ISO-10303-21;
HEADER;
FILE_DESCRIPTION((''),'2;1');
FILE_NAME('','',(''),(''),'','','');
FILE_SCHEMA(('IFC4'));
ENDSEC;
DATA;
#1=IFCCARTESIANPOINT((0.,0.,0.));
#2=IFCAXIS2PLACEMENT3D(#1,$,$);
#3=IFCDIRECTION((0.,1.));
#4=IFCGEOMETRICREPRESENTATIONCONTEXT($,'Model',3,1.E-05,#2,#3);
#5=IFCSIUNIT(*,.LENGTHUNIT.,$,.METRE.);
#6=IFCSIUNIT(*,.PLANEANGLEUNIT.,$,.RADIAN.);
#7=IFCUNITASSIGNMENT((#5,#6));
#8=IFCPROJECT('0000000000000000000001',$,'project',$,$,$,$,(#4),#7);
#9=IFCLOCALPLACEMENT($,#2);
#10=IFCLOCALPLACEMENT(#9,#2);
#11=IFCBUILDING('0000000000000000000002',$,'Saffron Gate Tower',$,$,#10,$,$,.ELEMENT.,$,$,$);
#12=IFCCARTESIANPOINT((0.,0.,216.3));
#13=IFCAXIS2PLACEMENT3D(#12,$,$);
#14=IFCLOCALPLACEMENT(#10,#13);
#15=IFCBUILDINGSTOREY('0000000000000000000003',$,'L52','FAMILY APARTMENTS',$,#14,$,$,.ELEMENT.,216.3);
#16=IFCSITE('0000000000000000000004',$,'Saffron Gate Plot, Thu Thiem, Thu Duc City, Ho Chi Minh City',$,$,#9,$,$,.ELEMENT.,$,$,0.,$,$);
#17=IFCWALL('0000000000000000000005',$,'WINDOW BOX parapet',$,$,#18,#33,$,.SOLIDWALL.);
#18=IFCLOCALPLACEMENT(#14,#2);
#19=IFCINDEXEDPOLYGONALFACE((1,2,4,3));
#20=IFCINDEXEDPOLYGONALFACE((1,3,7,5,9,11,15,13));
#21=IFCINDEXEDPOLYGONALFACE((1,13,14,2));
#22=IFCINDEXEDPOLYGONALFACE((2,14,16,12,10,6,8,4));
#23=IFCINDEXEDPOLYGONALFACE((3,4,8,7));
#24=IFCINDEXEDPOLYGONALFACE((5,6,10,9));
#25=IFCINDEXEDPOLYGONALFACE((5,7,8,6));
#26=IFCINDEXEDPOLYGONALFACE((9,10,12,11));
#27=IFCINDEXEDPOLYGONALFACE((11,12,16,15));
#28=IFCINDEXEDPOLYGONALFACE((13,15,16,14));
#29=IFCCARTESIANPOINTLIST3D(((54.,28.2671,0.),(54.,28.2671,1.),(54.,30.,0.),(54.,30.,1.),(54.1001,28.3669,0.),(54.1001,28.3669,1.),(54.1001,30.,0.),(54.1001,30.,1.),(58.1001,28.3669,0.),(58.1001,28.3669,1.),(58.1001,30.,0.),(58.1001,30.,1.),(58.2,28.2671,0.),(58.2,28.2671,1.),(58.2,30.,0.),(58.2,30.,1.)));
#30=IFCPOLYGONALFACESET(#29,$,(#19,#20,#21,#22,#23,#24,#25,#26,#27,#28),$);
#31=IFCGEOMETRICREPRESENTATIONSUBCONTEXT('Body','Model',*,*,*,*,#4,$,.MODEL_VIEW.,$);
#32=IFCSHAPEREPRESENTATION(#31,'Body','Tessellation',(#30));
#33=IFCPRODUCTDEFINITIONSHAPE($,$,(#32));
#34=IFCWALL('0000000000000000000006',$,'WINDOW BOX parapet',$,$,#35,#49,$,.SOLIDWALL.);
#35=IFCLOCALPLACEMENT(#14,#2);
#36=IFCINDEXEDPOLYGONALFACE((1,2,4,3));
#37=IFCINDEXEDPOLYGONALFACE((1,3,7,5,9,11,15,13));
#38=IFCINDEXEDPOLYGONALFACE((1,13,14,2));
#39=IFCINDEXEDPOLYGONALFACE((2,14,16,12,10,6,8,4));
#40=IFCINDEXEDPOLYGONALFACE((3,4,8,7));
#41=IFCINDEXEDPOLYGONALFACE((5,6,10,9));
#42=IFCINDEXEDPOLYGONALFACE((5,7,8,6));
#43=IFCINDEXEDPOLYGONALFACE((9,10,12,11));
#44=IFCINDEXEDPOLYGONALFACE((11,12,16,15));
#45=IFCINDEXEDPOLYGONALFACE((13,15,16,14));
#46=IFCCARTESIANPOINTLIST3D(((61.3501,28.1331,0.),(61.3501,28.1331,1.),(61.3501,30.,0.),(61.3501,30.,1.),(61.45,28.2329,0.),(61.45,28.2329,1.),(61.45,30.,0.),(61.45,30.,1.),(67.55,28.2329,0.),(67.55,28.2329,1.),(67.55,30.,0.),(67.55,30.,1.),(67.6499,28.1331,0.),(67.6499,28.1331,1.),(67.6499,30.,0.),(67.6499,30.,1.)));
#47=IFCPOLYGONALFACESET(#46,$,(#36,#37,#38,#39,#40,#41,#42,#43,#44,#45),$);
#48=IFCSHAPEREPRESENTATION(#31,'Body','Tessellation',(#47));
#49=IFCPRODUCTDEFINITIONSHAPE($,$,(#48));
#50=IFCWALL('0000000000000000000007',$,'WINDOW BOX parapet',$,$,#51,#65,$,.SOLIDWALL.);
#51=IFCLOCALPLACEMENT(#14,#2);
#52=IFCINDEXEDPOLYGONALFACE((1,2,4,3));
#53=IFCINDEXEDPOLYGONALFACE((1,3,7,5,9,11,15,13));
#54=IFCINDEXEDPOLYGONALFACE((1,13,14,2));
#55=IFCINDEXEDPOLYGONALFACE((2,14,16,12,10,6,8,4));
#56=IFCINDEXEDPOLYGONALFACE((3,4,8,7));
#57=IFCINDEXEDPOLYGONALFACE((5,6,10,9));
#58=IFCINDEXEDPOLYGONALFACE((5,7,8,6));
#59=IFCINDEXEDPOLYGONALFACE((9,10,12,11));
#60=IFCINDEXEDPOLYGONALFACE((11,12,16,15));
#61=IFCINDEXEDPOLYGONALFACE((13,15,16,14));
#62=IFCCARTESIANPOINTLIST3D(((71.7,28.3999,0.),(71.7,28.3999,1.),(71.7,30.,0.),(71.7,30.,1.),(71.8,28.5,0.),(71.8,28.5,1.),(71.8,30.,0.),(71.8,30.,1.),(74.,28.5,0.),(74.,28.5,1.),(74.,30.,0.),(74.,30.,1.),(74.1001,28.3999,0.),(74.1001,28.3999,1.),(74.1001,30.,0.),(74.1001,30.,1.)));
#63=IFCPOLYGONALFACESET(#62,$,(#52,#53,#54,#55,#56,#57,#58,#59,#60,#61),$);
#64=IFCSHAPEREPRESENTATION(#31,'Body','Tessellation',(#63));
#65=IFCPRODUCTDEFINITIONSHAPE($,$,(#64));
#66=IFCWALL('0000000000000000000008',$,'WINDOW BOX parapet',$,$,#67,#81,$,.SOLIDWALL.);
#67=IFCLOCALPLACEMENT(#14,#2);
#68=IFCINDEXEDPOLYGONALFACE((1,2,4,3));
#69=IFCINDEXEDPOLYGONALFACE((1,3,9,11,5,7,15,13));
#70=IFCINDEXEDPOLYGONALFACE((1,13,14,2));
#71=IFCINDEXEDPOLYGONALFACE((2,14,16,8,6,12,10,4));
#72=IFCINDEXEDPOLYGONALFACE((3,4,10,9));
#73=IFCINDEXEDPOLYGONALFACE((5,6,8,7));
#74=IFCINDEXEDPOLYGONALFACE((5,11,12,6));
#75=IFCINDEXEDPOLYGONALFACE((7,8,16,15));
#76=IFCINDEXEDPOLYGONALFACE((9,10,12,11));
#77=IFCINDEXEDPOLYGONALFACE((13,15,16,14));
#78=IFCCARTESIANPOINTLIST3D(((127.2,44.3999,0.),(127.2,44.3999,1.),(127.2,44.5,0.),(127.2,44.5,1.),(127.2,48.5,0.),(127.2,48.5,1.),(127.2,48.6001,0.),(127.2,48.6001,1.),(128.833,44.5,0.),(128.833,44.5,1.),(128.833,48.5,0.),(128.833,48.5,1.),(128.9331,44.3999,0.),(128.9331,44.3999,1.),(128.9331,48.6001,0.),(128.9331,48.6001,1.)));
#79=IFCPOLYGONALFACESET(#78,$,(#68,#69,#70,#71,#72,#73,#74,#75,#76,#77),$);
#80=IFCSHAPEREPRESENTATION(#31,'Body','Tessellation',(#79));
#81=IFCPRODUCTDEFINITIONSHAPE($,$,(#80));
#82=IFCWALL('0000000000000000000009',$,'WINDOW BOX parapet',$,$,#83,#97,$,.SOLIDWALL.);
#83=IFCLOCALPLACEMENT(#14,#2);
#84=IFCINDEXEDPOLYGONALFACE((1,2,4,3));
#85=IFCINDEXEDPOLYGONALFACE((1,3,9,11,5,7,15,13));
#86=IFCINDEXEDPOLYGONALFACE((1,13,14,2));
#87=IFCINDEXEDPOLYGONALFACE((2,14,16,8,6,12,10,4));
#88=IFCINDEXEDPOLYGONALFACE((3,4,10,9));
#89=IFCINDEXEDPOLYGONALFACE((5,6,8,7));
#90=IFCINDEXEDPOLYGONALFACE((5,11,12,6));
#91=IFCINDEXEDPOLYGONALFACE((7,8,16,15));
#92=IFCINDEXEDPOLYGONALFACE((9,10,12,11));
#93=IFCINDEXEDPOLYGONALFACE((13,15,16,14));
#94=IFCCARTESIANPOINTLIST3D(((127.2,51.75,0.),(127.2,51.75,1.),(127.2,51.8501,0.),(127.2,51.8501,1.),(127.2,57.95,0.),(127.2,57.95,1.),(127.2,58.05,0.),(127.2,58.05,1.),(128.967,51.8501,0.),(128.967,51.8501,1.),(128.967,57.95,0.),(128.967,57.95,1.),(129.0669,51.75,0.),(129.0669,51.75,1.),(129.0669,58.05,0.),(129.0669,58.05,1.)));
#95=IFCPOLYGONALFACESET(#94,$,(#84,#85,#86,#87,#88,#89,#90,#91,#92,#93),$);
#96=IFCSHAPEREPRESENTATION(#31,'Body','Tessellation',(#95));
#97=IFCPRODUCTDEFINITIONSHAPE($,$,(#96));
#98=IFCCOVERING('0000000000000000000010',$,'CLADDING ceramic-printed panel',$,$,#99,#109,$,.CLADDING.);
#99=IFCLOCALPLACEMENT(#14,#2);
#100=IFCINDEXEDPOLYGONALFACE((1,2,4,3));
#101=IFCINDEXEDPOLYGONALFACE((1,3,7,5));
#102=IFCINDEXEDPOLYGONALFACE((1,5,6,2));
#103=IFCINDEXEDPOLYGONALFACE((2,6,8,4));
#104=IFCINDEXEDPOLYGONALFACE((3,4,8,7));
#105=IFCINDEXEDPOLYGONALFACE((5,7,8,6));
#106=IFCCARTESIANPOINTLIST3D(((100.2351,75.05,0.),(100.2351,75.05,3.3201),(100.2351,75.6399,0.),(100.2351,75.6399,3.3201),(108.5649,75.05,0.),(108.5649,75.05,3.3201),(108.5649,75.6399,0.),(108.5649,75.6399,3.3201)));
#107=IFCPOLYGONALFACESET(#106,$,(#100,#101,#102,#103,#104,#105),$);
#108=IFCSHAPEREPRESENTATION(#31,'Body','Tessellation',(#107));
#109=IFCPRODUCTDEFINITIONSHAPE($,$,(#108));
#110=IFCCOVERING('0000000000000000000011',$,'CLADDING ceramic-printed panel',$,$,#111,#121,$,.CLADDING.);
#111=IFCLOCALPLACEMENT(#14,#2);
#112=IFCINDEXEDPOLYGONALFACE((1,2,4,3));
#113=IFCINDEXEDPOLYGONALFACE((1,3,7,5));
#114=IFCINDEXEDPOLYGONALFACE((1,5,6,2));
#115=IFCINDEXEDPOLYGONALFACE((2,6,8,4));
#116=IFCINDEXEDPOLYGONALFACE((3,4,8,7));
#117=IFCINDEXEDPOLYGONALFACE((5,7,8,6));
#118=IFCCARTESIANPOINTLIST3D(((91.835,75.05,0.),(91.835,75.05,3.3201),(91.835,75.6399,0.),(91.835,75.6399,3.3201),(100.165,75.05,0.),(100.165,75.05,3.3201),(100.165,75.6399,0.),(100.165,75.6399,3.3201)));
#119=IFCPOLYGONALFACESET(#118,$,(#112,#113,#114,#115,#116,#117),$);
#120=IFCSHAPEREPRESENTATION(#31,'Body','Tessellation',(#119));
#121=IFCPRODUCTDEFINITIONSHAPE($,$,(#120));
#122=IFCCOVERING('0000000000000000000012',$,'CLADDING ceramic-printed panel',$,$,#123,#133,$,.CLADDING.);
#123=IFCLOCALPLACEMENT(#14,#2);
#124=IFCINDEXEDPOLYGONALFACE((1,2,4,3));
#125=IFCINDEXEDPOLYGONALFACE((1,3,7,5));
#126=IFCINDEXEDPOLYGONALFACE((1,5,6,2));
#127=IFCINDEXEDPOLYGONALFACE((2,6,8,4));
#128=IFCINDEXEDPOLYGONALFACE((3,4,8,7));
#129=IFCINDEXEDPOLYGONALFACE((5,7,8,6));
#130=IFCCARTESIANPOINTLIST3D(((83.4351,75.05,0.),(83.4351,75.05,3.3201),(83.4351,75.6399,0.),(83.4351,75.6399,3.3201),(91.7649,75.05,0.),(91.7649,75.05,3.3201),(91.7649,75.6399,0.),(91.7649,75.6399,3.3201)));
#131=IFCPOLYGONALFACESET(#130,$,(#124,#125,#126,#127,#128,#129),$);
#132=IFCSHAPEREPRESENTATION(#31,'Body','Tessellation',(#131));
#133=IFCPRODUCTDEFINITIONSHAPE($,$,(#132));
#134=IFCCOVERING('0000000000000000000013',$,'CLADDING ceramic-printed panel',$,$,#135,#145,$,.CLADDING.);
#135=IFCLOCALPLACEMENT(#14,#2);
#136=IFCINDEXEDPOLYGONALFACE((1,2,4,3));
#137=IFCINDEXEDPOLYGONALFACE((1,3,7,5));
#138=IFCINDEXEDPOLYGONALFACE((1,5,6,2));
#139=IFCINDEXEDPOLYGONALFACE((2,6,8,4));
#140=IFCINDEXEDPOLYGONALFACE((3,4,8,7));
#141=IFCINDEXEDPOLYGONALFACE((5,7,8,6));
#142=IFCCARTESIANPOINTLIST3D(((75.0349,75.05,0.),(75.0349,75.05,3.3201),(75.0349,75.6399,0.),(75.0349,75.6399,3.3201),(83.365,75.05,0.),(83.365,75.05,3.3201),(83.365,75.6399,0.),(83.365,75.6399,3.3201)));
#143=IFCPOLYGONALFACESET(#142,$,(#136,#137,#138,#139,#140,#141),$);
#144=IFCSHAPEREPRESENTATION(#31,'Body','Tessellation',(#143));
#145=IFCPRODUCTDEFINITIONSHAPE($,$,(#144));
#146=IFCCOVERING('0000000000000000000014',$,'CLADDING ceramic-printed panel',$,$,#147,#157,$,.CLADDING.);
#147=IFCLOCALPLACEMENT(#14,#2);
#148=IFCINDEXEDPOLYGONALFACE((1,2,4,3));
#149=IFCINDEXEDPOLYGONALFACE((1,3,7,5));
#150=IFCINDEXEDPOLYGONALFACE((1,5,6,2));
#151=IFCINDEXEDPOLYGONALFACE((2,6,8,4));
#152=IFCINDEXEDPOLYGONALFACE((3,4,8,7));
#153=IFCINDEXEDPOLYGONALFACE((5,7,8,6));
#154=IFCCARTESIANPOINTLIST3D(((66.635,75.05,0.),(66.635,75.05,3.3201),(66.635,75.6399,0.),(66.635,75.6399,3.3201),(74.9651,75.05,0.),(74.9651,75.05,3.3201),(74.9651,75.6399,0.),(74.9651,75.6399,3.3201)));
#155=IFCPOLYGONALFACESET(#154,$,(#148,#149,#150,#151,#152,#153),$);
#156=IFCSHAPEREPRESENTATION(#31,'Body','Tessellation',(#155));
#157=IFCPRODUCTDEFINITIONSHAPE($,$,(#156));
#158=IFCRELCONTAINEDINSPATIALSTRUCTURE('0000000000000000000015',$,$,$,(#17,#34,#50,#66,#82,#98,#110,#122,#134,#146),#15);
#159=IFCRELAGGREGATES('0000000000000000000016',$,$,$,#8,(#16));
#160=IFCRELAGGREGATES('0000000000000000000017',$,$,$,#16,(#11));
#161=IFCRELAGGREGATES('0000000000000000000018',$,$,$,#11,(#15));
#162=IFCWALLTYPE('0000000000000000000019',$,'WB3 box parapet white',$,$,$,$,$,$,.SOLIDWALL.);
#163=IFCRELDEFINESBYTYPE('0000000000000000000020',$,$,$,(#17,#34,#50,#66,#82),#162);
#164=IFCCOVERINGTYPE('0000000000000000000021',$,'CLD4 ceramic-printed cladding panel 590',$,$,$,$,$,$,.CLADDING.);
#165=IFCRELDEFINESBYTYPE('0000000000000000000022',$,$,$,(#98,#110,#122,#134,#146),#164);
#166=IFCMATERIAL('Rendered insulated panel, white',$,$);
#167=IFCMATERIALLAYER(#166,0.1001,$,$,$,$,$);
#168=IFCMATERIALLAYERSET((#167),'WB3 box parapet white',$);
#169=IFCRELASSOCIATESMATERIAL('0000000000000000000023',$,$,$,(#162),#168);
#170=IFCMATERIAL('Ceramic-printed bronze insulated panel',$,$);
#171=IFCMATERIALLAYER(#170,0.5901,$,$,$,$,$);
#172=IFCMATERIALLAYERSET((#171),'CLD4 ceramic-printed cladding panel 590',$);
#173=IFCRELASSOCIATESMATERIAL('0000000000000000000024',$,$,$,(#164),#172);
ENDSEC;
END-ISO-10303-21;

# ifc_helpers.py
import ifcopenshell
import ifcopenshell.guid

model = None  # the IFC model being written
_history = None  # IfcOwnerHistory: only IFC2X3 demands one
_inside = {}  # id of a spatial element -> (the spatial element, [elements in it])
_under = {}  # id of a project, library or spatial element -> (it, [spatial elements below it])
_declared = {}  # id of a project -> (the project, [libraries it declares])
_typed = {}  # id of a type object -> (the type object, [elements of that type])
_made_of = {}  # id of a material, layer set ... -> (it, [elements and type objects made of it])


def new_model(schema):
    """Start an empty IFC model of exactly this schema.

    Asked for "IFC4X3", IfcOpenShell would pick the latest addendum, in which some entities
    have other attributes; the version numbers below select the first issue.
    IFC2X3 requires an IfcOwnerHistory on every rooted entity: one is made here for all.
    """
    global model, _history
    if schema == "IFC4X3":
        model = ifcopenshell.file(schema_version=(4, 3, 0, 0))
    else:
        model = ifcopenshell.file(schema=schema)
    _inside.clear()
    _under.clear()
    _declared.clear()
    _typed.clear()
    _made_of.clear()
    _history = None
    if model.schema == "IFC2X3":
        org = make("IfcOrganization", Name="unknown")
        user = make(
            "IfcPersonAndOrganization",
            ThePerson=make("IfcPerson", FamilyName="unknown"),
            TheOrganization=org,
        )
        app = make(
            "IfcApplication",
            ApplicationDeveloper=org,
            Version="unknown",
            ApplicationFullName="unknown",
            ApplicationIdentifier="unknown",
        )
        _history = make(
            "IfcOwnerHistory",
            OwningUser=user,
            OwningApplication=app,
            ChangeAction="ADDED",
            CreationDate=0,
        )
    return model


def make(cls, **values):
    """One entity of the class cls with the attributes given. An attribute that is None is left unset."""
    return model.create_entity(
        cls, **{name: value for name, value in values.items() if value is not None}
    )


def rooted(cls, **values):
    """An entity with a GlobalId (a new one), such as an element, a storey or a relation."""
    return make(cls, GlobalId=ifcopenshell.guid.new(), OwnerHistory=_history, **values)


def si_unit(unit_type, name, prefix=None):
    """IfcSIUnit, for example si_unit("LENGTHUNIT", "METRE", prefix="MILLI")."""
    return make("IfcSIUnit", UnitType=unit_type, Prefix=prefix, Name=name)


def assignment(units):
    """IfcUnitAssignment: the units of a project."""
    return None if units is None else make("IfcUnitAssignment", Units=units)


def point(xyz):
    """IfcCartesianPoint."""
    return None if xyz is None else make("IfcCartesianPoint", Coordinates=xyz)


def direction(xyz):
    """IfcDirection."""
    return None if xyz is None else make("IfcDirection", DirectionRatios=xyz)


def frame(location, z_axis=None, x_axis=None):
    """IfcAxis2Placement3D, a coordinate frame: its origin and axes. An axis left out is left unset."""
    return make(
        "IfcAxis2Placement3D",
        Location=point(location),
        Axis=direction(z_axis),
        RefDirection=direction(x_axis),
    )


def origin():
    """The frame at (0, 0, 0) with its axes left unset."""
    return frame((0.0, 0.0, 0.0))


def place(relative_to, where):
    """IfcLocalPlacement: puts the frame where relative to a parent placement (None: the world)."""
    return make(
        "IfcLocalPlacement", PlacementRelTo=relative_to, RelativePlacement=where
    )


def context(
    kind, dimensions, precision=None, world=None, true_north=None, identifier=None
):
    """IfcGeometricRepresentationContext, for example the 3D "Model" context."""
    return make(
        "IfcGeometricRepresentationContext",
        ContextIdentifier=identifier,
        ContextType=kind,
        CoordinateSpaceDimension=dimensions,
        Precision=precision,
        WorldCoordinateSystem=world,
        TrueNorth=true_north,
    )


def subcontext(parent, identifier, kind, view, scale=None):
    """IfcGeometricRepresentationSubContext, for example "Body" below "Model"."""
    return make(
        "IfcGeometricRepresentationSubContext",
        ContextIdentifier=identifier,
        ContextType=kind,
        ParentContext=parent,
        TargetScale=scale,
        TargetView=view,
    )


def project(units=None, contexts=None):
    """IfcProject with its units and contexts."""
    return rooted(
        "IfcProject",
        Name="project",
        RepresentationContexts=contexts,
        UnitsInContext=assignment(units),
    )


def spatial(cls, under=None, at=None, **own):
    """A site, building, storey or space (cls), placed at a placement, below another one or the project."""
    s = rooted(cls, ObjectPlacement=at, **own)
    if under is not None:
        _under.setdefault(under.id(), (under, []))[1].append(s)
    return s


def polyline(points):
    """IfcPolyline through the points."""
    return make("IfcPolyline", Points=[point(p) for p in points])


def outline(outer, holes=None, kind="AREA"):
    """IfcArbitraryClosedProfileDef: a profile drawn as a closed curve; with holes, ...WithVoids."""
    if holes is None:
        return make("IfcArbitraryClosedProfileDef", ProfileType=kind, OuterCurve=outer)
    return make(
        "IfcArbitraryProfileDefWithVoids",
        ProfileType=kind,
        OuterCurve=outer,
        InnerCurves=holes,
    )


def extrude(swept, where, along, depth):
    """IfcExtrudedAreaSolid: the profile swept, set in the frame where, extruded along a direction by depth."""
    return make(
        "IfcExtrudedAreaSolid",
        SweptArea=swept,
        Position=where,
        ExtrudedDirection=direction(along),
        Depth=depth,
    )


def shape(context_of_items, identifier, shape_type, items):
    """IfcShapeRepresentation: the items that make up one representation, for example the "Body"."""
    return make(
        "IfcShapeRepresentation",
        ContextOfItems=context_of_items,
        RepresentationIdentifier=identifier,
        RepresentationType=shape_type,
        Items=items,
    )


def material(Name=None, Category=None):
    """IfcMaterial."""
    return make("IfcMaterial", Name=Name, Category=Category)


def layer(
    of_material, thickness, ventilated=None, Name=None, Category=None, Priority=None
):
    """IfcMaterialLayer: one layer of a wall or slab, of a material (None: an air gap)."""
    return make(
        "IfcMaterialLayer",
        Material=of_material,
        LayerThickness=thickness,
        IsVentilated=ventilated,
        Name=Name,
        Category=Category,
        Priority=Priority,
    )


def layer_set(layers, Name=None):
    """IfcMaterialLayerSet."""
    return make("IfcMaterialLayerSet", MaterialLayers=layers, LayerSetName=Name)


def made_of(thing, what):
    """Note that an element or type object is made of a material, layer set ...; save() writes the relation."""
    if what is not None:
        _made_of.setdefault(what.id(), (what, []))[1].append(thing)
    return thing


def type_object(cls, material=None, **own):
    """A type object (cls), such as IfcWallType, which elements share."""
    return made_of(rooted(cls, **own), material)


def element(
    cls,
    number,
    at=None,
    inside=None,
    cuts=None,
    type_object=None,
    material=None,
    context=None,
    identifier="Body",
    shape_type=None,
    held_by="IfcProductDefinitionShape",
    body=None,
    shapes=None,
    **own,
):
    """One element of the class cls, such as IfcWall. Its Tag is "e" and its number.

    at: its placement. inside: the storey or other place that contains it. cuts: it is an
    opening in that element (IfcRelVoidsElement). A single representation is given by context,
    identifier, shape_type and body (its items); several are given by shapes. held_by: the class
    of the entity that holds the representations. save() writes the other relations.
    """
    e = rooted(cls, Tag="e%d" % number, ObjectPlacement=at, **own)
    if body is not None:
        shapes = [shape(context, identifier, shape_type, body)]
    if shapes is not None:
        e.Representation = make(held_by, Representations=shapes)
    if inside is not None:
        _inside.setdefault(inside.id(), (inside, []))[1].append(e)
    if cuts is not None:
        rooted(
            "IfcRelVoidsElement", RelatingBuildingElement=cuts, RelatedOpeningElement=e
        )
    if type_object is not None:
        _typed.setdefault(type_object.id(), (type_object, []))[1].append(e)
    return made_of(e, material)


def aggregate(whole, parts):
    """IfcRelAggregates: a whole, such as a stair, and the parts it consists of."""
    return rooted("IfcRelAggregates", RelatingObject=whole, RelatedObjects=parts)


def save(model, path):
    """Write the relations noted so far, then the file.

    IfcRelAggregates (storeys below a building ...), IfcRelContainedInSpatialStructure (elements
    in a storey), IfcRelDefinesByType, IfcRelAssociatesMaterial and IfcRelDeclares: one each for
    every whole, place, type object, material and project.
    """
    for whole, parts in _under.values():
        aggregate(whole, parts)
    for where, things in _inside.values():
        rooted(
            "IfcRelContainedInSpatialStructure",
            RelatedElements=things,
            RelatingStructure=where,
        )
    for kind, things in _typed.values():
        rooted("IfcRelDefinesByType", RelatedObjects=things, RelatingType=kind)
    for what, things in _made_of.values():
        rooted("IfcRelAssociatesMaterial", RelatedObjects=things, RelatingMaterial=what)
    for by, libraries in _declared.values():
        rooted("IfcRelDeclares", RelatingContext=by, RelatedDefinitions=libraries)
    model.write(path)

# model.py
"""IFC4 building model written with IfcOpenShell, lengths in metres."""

from ifc_helpers import new_model, si_unit, direction, frame, origin, place, context, subcontext, project, spatial, polyline, outline, extrude, material, layer, layer_set, type_object, element, save


model = new_model("IFC4")

# Units and contexts
model_context = context("Model", 3, precision=1e-05, world=origin(), true_north=direction((0.0, 1.0)))
body_context = subcontext(model_context, "Body", "Model", "MODEL_VIEW")
ifc_project = project(units=[si_unit("LENGTHUNIT", "METRE"), si_unit("PLANEANGLEUNIT", "RADIAN")], contexts=[model_context])

# Site, building, storey
site_placement = place(None, origin())
site = spatial("IfcSite", under=ifc_project, at=site_placement, Name="Saffron Gate Plot, Thu Thiem, Thu Duc City, Ho Chi Minh City", CompositionType="ELEMENT", RefElevation=0.0)
building_placement = place(site_placement, origin())
building = spatial("IfcBuilding", under=site, at=building_placement, Name="Saffron Gate Tower", CompositionType="ELEMENT")
storey_placement = place(building_placement, frame((0.0, 0.0, 216.3)))
storey = spatial("IfcBuildingStorey", under=building, at=storey_placement, Name="L52", Description="FAMILY APARTMENTS", CompositionType="ELEMENT", Elevation=216.3)

# Walls
ifc_material_1 = material(Name="Rendered insulated panel, white")
ifc_layer_1 = layer(ifc_material_1, 0.1001)
ifc_layer_set_1 = layer_set([ifc_layer_1], Name="WB3 box parapet white")
wall_type = type_object("IfcWallType", Name="WB3 box parapet white", PredefinedType="SOLIDWALL", material=ifc_layer_set_1)
wall_1_placement = place(storey_placement, origin())
element("IfcWall", 1, at=wall_1_placement, inside=storey, type_object=wall_type, Name="WINDOW BOX parapet", PredefinedType="SOLIDWALL", context=body_context, shape_type="SweptSolid", body=[
    extrude(outline(polyline([(54.0, 30.0), (54.1001, 30.0), (54.1001, 28.3669), (58.1001, 28.3669), (58.1001, 30.0), (58.2, 30.0), (58.2, 28.2671), (54.0, 28.2671), (54.0, 30.0)])), origin(), (0.0, 0.0, 1.0), 1.0),
])
wall_2_placement = place(storey_placement, origin())
element("IfcWall", 2, at=wall_2_placement, inside=storey, type_object=wall_type, Name="WINDOW BOX parapet", PredefinedType="SOLIDWALL", context=body_context, shape_type="SweptSolid", body=[
    extrude(outline(polyline([(61.3501, 30.0), (61.45, 30.0), (61.45, 28.2329), (67.55, 28.2329), (67.55, 30.0), (67.6499, 30.0), (67.6499, 28.1331), (61.3501, 28.1331), (61.3501, 30.0)])), origin(), (0.0, 0.0, 1.0), 1.0),
])
wall_3_placement = place(storey_placement, origin())
element("IfcWall", 3, at=wall_3_placement, inside=storey, type_object=wall_type, Name="WINDOW BOX parapet", PredefinedType="SOLIDWALL", context=body_context, shape_type="SweptSolid", body=[
    extrude(outline(polyline([(71.7, 30.0), (71.8, 30.0), (71.8, 28.5), (74.0, 28.5), (74.0, 30.0), (74.1001, 30.0), (74.1001, 28.3999), (71.7, 28.3999), (71.7, 30.0)])), origin(), (0.0, 0.0, 1.0), 1.0),
])
wall_4_placement = place(storey_placement, origin())
element("IfcWall", 4, at=wall_4_placement, inside=storey, type_object=wall_type, Name="WINDOW BOX parapet", PredefinedType="SOLIDWALL", context=body_context, shape_type="SweptSolid", body=[
    extrude(outline(polyline([(127.2, 44.3999), (127.2, 44.5), (128.833, 44.5), (128.833, 48.5), (127.2, 48.5), (127.2, 48.6001), (128.9331, 48.6001), (128.9331, 44.3999), (127.2, 44.3999)])), origin(), (0.0, 0.0, 1.0), 1.0),
])
wall_5_placement = place(storey_placement, origin())
element("IfcWall", 5, at=wall_5_placement, inside=storey, type_object=wall_type, Name="WINDOW BOX parapet", PredefinedType="SOLIDWALL", context=body_context, shape_type="SweptSolid", body=[
    extrude(outline(polyline([(127.2, 51.75), (127.2, 51.8501), (128.967, 51.8501), (128.967, 57.95), (127.2, 57.95), (127.2, 58.05), (129.0669, 58.05), (129.0669, 51.75), (127.2, 51.75)])), origin(), (0.0, 0.0, 1.0), 1.0),
])

# Coverings
ifc_material_2 = material(Name="Ceramic-printed bronze insulated panel")
ifc_layer_2 = layer(ifc_material_2, 0.5901)
ifc_layer_set_2 = layer_set([ifc_layer_2], Name="CLD4 ceramic-printed cladding panel 590")
covering_type = type_object("IfcCoveringType", Name="CLD4 ceramic-printed cladding panel 590", PredefinedType="CLADDING", material=ifc_layer_set_2)
covering_1_placement = place(storey_placement, origin())
element("IfcCovering", 6, at=covering_1_placement, inside=storey, type_object=covering_type, Name="CLADDING ceramic-printed panel", PredefinedType="CLADDING", context=body_context, shape_type="SweptSolid", body=[
    extrude(outline(polyline([(108.5649, 75.6399), (100.2351, 75.6399), (100.2351, 75.05), (108.5649, 75.05), (108.5649, 75.6399)])), origin(), (0.0, 0.0, 1.0), 3.3201),
])
covering_2_placement = place(storey_placement, origin())
element("IfcCovering", 7, at=covering_2_placement, inside=storey, type_object=covering_type, Name="CLADDING ceramic-printed panel", PredefinedType="CLADDING", context=body_context, shape_type="SweptSolid", body=[
    extrude(outline(polyline([(100.165, 75.6399), (91.835, 75.6399), (91.835, 75.05), (100.165, 75.05), (100.165, 75.6399)])), origin(), (0.0, 0.0, 1.0), 3.3201),
])
covering_3_placement = place(storey_placement, origin())
element("IfcCovering", 8, at=covering_3_placement, inside=storey, type_object=covering_type, Name="CLADDING ceramic-printed panel", PredefinedType="CLADDING", context=body_context, shape_type="SweptSolid", body=[
    extrude(outline(polyline([(91.7649, 75.6399), (83.4351, 75.6399), (83.4351, 75.05), (91.7649, 75.05), (91.7649, 75.6399)])), origin(), (0.0, 0.0, 1.0), 3.3201),
])
covering_4_placement = place(storey_placement, origin())
element("IfcCovering", 9, at=covering_4_placement, inside=storey, type_object=covering_type, Name="CLADDING ceramic-printed panel", PredefinedType="CLADDING", context=body_context, shape_type="SweptSolid", body=[
    extrude(outline(polyline([(83.365, 75.6399), (75.0349, 75.6399), (75.0349, 75.05), (83.365, 75.05), (83.365, 75.6399)])), origin(), (0.0, 0.0, 1.0), 3.3201),
])
covering_5_placement = place(storey_placement, origin())
element("IfcCovering", 10, at=covering_5_placement, inside=storey, type_object=covering_type, Name="CLADDING ceramic-printed panel", PredefinedType="CLADDING", context=body_context, shape_type="SweptSolid", body=[
    extrude(outline(polyline([(74.9651, 75.6399), (66.635, 75.6399), (66.635, 75.05), (74.9651, 75.05), (74.9651, 75.6399)])), origin(), (0.0, 0.0, 1.0), 3.3201),
])

save(model, "model.ifc")
